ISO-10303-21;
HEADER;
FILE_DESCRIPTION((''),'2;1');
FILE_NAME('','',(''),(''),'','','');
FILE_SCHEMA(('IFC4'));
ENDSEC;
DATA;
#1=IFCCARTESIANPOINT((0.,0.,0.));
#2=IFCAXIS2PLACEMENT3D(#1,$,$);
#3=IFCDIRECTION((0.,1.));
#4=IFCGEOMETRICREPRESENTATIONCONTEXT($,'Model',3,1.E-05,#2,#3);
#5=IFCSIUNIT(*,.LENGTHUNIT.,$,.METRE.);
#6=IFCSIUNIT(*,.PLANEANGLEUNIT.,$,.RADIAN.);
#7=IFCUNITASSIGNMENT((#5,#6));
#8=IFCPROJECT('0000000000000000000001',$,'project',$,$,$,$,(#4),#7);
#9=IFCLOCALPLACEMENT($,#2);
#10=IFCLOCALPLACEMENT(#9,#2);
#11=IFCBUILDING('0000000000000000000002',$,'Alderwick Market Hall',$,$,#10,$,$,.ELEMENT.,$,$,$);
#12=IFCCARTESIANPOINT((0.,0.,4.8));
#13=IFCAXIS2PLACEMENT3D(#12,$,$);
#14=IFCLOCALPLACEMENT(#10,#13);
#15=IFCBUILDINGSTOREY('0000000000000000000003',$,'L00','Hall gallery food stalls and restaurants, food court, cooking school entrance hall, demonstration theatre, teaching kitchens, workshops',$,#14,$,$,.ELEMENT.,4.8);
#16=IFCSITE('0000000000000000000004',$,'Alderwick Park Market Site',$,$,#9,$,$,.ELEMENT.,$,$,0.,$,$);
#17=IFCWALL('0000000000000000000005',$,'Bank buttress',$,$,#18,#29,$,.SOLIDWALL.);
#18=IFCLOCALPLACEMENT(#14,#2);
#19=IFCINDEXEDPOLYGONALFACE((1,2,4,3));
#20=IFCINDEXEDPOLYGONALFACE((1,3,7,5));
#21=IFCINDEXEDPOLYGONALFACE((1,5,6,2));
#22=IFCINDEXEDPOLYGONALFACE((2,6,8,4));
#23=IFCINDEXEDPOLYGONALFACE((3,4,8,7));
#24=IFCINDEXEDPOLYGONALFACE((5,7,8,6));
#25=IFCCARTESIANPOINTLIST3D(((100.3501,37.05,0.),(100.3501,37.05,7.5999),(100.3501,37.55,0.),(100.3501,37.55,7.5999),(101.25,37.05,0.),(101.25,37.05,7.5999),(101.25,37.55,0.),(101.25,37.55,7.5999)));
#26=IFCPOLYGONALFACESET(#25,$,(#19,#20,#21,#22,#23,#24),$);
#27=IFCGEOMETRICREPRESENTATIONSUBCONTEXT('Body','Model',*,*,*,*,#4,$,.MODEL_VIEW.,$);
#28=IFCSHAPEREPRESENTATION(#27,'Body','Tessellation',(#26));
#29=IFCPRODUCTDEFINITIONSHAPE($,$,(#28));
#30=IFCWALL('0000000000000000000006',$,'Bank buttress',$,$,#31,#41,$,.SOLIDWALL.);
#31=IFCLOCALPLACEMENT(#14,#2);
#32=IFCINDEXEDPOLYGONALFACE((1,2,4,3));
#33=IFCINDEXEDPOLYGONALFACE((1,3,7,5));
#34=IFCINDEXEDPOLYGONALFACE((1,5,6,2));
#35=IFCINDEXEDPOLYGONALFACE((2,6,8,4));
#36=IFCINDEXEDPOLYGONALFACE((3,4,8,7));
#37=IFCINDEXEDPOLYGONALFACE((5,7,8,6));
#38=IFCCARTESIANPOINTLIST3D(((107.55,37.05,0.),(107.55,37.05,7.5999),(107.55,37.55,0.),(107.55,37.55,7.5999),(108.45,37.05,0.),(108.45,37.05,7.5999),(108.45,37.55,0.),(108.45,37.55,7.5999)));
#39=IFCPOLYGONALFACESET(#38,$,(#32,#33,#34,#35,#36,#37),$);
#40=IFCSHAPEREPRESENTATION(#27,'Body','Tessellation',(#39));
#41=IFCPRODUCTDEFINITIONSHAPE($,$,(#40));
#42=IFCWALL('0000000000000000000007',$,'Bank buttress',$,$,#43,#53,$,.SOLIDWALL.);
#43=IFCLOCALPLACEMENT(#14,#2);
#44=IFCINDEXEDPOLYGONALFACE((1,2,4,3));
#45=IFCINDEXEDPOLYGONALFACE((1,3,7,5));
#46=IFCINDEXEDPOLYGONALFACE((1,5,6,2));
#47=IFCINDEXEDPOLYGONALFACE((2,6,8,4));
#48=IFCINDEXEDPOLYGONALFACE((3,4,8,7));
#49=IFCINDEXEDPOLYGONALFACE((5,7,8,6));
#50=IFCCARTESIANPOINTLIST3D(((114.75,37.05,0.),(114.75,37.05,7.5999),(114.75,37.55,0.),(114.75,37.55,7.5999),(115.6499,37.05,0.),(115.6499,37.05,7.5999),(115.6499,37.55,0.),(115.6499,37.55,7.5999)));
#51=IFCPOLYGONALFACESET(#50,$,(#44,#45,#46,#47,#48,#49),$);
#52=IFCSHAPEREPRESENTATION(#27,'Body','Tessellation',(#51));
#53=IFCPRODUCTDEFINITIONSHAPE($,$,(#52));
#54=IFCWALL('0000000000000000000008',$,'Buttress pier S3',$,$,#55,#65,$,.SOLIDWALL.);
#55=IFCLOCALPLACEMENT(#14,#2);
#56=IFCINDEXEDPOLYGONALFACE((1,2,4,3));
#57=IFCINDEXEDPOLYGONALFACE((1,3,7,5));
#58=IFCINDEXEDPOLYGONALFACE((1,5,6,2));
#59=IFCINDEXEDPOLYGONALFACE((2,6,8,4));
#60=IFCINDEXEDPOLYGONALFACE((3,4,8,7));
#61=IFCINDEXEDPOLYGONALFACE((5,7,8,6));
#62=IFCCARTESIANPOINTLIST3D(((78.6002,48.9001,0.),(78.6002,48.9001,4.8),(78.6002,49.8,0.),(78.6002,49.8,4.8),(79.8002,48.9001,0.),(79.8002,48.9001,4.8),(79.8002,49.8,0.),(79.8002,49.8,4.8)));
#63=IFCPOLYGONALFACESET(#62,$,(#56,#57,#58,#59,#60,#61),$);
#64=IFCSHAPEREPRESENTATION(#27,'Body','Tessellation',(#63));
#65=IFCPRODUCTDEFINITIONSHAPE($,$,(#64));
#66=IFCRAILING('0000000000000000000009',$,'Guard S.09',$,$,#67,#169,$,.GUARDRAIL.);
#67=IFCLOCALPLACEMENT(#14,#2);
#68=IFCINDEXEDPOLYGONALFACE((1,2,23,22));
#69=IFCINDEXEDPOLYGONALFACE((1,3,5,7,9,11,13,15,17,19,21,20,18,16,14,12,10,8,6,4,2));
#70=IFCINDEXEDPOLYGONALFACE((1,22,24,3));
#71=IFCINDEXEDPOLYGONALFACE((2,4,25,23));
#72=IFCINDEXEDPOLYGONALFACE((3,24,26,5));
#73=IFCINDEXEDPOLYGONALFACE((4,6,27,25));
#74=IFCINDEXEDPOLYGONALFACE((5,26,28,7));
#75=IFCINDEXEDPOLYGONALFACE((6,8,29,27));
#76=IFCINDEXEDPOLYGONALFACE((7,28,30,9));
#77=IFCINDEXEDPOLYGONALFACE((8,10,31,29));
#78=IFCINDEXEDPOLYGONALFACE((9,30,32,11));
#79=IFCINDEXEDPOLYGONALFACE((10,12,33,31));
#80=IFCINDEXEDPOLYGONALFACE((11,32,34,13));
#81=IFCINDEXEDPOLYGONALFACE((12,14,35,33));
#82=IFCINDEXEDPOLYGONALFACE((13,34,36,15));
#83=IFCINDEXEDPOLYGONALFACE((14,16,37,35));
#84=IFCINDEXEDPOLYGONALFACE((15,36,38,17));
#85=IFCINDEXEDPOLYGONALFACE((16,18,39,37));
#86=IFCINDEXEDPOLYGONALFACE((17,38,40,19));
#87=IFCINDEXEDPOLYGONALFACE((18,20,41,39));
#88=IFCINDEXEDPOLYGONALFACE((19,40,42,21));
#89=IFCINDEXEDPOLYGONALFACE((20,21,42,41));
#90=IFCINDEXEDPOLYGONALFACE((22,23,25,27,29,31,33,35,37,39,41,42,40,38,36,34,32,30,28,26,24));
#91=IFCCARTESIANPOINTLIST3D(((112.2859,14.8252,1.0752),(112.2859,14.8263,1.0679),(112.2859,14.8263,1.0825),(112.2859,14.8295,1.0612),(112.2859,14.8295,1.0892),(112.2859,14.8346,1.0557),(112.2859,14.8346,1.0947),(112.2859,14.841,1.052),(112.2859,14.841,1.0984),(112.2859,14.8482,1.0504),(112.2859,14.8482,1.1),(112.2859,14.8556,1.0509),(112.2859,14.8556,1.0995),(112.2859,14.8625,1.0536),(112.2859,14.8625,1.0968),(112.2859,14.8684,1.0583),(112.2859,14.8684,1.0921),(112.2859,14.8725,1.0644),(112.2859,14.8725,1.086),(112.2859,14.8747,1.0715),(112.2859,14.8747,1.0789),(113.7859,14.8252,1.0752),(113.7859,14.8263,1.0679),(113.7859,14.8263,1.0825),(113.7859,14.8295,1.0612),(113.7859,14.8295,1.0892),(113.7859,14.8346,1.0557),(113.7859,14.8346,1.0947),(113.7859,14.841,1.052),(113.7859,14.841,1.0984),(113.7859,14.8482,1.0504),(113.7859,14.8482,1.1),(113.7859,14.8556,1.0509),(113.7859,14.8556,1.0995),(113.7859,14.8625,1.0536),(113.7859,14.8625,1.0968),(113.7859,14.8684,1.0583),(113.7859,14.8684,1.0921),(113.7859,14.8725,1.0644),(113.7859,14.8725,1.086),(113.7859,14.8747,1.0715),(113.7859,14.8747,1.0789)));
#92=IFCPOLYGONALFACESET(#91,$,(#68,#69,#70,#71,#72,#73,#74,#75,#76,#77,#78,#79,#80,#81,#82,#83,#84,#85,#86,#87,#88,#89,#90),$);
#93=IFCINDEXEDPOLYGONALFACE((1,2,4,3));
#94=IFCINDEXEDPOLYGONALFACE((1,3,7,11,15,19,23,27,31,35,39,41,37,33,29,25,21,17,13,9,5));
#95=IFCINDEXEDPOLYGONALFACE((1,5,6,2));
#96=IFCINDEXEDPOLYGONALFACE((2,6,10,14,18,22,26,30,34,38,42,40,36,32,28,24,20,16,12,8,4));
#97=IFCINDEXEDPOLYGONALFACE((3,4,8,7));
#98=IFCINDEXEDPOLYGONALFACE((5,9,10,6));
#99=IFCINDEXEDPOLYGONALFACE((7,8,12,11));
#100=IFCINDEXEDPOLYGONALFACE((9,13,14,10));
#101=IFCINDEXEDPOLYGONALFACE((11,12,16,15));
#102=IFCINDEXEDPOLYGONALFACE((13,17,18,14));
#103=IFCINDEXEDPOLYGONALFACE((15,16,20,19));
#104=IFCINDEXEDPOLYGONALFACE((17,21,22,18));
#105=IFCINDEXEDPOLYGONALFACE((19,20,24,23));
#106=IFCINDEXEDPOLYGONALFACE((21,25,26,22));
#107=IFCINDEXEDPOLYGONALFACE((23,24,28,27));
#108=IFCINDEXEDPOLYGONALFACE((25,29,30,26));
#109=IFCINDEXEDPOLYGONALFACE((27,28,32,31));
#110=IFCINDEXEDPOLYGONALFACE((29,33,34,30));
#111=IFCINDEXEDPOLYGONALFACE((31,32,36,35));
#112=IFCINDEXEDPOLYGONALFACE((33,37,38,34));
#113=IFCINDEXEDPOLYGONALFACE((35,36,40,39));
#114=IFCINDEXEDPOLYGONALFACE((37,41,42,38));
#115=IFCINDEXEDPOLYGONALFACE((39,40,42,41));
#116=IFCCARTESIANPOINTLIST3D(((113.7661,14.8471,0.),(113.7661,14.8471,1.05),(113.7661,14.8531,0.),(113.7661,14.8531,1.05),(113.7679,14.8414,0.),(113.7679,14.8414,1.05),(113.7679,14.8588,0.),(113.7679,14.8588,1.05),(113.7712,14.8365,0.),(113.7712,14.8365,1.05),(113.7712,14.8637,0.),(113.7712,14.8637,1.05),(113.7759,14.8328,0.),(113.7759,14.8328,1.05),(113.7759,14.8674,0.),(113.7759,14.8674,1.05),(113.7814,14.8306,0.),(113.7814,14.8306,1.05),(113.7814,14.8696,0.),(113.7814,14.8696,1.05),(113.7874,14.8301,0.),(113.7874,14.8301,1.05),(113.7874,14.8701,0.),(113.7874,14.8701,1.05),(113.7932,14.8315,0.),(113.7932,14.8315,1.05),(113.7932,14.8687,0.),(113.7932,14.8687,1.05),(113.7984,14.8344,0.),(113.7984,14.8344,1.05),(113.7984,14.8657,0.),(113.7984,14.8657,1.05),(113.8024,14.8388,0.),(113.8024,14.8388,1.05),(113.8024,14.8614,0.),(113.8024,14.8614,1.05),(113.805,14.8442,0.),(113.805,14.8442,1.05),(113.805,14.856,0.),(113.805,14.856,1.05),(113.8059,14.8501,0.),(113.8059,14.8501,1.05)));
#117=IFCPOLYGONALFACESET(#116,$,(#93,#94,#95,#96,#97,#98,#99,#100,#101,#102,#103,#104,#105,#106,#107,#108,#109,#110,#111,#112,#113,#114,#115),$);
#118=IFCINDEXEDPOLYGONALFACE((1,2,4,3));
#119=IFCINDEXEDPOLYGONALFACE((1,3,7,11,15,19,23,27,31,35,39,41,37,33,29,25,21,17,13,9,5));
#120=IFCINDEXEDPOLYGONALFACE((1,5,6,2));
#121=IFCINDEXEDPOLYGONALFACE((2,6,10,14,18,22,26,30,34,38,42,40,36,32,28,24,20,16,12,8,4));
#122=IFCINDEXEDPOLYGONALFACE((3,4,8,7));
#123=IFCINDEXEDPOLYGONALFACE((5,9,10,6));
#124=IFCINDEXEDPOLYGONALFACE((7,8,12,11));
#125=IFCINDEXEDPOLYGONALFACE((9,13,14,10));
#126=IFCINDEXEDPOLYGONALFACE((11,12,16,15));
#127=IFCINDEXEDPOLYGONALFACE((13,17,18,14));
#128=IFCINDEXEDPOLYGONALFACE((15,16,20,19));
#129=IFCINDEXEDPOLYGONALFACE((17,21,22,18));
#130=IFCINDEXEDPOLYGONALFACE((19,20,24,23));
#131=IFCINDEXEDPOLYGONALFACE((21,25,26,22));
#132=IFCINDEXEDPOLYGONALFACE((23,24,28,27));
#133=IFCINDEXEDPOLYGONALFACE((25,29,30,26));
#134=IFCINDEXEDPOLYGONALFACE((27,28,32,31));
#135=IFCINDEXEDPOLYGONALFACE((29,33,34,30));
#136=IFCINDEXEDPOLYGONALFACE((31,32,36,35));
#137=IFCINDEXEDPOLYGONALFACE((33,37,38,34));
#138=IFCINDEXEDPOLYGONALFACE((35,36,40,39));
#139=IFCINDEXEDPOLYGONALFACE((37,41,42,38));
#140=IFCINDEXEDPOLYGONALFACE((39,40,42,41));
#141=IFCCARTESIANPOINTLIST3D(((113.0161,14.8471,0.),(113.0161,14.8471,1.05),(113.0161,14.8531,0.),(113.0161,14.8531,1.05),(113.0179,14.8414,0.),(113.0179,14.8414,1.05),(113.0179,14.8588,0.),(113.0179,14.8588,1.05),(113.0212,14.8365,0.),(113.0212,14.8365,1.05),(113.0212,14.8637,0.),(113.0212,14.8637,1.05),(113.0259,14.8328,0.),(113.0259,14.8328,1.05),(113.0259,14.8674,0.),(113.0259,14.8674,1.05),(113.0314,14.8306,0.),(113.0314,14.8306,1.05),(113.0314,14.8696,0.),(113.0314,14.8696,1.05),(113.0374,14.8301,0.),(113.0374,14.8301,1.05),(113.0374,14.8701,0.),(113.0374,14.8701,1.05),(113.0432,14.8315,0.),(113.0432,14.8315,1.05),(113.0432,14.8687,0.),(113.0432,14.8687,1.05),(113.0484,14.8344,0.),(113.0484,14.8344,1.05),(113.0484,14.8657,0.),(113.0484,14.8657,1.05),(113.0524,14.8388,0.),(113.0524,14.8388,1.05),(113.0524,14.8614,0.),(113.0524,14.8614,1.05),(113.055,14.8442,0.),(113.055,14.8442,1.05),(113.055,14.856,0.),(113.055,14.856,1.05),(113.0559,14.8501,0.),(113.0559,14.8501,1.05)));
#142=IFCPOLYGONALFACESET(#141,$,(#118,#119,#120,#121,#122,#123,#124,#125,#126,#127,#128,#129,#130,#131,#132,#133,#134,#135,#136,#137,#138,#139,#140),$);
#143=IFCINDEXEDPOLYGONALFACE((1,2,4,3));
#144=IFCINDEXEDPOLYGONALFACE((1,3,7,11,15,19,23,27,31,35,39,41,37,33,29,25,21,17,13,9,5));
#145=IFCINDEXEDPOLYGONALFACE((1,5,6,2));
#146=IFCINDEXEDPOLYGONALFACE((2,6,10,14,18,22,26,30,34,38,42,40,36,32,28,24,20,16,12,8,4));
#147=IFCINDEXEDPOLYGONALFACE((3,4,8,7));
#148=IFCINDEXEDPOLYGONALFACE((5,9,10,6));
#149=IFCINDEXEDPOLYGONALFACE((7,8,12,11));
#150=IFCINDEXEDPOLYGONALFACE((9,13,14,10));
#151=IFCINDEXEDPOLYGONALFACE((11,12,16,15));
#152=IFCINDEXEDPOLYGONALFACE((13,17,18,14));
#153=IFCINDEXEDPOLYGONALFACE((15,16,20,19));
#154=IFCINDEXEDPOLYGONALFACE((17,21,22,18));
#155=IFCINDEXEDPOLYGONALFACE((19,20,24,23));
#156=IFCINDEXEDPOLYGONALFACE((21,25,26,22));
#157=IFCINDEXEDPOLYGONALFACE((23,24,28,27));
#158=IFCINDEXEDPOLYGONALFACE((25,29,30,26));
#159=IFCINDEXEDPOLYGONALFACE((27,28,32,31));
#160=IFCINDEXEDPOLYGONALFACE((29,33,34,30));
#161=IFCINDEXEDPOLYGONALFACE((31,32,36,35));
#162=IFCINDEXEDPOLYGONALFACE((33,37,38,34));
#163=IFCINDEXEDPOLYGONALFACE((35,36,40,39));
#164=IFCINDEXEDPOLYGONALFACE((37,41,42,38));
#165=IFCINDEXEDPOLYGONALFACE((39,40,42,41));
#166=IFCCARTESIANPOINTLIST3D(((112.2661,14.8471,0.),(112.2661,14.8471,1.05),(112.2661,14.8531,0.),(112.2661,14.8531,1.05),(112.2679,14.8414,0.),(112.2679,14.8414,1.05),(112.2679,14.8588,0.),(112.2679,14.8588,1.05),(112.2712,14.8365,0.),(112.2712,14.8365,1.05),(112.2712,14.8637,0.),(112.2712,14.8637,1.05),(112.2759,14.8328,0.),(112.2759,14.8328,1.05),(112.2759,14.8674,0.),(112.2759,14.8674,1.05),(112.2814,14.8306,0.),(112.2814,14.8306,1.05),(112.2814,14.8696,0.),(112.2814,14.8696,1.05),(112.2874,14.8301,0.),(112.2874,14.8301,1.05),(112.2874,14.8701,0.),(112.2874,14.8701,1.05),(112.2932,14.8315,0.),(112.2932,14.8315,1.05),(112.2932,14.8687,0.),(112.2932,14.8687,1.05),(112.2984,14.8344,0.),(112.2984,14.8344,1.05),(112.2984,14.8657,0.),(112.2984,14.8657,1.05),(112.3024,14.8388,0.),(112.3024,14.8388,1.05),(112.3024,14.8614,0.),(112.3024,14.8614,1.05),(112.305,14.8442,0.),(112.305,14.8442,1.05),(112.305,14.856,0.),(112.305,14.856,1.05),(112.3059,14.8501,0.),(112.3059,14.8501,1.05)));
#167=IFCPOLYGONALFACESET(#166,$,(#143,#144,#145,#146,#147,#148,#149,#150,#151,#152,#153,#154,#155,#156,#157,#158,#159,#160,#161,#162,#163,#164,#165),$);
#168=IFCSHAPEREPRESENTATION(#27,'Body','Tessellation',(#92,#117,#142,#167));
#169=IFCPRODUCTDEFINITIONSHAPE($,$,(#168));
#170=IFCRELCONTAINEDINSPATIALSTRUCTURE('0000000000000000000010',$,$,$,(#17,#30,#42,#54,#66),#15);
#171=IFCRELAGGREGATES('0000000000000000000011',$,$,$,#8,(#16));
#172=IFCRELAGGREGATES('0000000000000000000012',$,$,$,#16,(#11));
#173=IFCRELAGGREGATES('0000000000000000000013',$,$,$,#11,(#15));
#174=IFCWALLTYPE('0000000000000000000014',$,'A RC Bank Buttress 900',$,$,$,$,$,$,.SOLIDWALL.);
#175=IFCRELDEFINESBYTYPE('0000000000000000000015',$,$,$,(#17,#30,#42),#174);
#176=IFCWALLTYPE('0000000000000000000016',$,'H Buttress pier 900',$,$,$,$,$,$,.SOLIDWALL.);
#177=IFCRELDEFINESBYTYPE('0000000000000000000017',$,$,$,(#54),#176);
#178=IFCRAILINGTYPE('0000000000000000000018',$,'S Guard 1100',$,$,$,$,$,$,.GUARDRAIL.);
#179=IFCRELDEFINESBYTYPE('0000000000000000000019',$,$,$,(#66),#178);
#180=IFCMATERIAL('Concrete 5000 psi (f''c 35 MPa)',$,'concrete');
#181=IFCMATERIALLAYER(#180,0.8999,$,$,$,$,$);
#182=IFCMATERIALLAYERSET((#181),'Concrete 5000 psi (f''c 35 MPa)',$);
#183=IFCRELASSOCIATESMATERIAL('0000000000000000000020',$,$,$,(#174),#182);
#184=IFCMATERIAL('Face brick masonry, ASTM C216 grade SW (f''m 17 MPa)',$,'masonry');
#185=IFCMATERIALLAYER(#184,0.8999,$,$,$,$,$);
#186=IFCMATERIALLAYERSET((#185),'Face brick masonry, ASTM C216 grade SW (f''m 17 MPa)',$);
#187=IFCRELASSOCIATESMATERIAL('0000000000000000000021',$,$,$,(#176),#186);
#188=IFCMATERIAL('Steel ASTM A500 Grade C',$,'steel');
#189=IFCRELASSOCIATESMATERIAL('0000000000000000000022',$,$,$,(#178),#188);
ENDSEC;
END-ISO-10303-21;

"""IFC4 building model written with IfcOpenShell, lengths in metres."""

from ifc_helpers import new_model, si_unit, direction, frame, frame_2d, origin, origin_2d, place, context, subcontext, project, spatial, rectangle, circle, extrude, material, layer, layer_set, type_object, element, save


model = new_model("IFC4")

# Units and contexts
model_context = context("Model", 3, precision=1e-05, world=origin(), true_north=direction((0.0, 1.0)))
body_context = subcontext(model_context, "Body", "Model", "MODEL_VIEW")
ifc_project = project(units=[si_unit("LENGTHUNIT", "METRE"), si_unit("PLANEANGLEUNIT", "RADIAN")], contexts=[model_context])

# Site, building, storey
site_placement = place(None, origin())
site = spatial("IfcSite", under=ifc_project, at=site_placement, Name="Alderwick Park Market Site", CompositionType="ELEMENT", RefElevation=0.0)
building_placement = place(site_placement, origin())
building = spatial("IfcBuilding", under=site, at=building_placement, Name="Alderwick Market Hall", CompositionType="ELEMENT")
storey_placement = place(building_placement, frame((0.0, 0.0, 4.8)))
storey = spatial("IfcBuildingStorey", under=building, at=storey_placement, Name="L00", Description="Hall gallery food stalls and restaurants, food court, cooking school entrance hall, demonstration theatre, teaching kitchens, workshops", CompositionType="ELEMENT", Elevation=4.8)

# Shared definitions
ifc_material_1 = material(Name="Steel ASTM A500 Grade C", Category="steel")

# Walls
ifc_material_2 = material(Name="Concrete 5000 psi (f'c 35 MPa)", Category="concrete")
ifc_layer_1 = layer(ifc_material_2, 0.8999)
ifc_layer_set_1 = layer_set([ifc_layer_1], Name="Concrete 5000 psi (f'c 35 MPa)")
wall_type_1 = type_object("IfcWallType", Name="A RC Bank Buttress 900", PredefinedType="SOLIDWALL", material=ifc_layer_set_1)
for number, where, z_axis, x_axis, name in (
    (1, (100.8, 37.05, 0.0), (0.0, 0.0, 1.0), (0.0, 1.0, 0.0), "Bank buttress"),
    (2, (108.0, 37.05, 0.0), (0.0, 0.0, 1.0), (0.0, 1.0, 0.0), "Bank buttress"),
    (3, (115.2, 37.05, 0.0), (0.0, 0.0, 1.0), (0.0, 1.0, 0.0), "Bank buttress"),
):
    element("IfcWall", number, at=place(storey_placement, frame(where, z_axis=z_axis, x_axis=x_axis)), inside=storey, type_object=wall_type_1, Name=name, PredefinedType="SOLIDWALL", context=body_context, shape_type="SweptSolid", body=[
        extrude(rectangle(XDim=0.5, YDim=0.8999, at=frame_2d((0.25, 0.0))), origin(), (0.0, 0.0, 1.0), 7.5999),
    ])
ifc_material_3 = material(Name="Face brick masonry, ASTM C216 grade SW (f'm 17 MPa)", Category="masonry")
ifc_layer_2 = layer(ifc_material_3, 0.8999)
ifc_layer_set_2 = layer_set([ifc_layer_2], Name="Face brick masonry, ASTM C216 grade SW (f'm 17 MPa)")
wall_type_2 = type_object("IfcWallType", Name="H Buttress pier 900", PredefinedType="SOLIDWALL", material=ifc_layer_set_2)
wall_1_placement = place(storey_placement, frame((78.6001, 49.3501, 0.0), z_axis=(0.0, 0.0, 1.0), x_axis=(1.0, 0.0, 0.0)))
element("IfcWall", 4, at=wall_1_placement, inside=storey, type_object=wall_type_2, Name="Buttress pier S3", PredefinedType="SOLIDWALL", context=body_context, shape_type="SweptSolid", body=[
    extrude(rectangle(XDim=1.2, YDim=0.8999, at=frame_2d((0.6001, 0.0))), origin(), (0.0, 0.0, 1.0), 4.8),
])

# Railing
railing_type_1 = type_object("IfcRailingType", Name="S Guard 1100", PredefinedType="GUARDRAIL", material=ifc_material_1)
railing_1_placement = place(storey_placement, frame((113.7859, 14.8501, 0.0)))
element("IfcRailing", 5, at=railing_1_placement, inside=storey, type_object=railing_type_1, Name="Guard S.09", PredefinedType="GUARDRAIL", context=body_context, shape_type="SweptSolid", body=[
    extrude(circle(Radius=0.0249, at=origin_2d()), frame((0.0, 0.0, 1.0752), z_axis=(-1.0, 0.0, 0.0), x_axis=(0.0, -1.0, 0.0)), (0.0, 0.0, 1.0), 1.5),
    extrude(circle(Radius=0.02, at=origin_2d()), origin(), (0.0, 0.0, 1.0), 1.05),
    extrude(circle(Radius=0.02, at=origin_2d()), frame((-0.75, 0.0, 0.0)), (0.0, 0.0, 1.0), 1.05),
    extrude(circle(Radius=0.02, at=origin_2d()), frame((-1.5, 0.0, 0.0)), (0.0, 0.0, 1.0), 1.05),
])

save(model, "model.ifc")
